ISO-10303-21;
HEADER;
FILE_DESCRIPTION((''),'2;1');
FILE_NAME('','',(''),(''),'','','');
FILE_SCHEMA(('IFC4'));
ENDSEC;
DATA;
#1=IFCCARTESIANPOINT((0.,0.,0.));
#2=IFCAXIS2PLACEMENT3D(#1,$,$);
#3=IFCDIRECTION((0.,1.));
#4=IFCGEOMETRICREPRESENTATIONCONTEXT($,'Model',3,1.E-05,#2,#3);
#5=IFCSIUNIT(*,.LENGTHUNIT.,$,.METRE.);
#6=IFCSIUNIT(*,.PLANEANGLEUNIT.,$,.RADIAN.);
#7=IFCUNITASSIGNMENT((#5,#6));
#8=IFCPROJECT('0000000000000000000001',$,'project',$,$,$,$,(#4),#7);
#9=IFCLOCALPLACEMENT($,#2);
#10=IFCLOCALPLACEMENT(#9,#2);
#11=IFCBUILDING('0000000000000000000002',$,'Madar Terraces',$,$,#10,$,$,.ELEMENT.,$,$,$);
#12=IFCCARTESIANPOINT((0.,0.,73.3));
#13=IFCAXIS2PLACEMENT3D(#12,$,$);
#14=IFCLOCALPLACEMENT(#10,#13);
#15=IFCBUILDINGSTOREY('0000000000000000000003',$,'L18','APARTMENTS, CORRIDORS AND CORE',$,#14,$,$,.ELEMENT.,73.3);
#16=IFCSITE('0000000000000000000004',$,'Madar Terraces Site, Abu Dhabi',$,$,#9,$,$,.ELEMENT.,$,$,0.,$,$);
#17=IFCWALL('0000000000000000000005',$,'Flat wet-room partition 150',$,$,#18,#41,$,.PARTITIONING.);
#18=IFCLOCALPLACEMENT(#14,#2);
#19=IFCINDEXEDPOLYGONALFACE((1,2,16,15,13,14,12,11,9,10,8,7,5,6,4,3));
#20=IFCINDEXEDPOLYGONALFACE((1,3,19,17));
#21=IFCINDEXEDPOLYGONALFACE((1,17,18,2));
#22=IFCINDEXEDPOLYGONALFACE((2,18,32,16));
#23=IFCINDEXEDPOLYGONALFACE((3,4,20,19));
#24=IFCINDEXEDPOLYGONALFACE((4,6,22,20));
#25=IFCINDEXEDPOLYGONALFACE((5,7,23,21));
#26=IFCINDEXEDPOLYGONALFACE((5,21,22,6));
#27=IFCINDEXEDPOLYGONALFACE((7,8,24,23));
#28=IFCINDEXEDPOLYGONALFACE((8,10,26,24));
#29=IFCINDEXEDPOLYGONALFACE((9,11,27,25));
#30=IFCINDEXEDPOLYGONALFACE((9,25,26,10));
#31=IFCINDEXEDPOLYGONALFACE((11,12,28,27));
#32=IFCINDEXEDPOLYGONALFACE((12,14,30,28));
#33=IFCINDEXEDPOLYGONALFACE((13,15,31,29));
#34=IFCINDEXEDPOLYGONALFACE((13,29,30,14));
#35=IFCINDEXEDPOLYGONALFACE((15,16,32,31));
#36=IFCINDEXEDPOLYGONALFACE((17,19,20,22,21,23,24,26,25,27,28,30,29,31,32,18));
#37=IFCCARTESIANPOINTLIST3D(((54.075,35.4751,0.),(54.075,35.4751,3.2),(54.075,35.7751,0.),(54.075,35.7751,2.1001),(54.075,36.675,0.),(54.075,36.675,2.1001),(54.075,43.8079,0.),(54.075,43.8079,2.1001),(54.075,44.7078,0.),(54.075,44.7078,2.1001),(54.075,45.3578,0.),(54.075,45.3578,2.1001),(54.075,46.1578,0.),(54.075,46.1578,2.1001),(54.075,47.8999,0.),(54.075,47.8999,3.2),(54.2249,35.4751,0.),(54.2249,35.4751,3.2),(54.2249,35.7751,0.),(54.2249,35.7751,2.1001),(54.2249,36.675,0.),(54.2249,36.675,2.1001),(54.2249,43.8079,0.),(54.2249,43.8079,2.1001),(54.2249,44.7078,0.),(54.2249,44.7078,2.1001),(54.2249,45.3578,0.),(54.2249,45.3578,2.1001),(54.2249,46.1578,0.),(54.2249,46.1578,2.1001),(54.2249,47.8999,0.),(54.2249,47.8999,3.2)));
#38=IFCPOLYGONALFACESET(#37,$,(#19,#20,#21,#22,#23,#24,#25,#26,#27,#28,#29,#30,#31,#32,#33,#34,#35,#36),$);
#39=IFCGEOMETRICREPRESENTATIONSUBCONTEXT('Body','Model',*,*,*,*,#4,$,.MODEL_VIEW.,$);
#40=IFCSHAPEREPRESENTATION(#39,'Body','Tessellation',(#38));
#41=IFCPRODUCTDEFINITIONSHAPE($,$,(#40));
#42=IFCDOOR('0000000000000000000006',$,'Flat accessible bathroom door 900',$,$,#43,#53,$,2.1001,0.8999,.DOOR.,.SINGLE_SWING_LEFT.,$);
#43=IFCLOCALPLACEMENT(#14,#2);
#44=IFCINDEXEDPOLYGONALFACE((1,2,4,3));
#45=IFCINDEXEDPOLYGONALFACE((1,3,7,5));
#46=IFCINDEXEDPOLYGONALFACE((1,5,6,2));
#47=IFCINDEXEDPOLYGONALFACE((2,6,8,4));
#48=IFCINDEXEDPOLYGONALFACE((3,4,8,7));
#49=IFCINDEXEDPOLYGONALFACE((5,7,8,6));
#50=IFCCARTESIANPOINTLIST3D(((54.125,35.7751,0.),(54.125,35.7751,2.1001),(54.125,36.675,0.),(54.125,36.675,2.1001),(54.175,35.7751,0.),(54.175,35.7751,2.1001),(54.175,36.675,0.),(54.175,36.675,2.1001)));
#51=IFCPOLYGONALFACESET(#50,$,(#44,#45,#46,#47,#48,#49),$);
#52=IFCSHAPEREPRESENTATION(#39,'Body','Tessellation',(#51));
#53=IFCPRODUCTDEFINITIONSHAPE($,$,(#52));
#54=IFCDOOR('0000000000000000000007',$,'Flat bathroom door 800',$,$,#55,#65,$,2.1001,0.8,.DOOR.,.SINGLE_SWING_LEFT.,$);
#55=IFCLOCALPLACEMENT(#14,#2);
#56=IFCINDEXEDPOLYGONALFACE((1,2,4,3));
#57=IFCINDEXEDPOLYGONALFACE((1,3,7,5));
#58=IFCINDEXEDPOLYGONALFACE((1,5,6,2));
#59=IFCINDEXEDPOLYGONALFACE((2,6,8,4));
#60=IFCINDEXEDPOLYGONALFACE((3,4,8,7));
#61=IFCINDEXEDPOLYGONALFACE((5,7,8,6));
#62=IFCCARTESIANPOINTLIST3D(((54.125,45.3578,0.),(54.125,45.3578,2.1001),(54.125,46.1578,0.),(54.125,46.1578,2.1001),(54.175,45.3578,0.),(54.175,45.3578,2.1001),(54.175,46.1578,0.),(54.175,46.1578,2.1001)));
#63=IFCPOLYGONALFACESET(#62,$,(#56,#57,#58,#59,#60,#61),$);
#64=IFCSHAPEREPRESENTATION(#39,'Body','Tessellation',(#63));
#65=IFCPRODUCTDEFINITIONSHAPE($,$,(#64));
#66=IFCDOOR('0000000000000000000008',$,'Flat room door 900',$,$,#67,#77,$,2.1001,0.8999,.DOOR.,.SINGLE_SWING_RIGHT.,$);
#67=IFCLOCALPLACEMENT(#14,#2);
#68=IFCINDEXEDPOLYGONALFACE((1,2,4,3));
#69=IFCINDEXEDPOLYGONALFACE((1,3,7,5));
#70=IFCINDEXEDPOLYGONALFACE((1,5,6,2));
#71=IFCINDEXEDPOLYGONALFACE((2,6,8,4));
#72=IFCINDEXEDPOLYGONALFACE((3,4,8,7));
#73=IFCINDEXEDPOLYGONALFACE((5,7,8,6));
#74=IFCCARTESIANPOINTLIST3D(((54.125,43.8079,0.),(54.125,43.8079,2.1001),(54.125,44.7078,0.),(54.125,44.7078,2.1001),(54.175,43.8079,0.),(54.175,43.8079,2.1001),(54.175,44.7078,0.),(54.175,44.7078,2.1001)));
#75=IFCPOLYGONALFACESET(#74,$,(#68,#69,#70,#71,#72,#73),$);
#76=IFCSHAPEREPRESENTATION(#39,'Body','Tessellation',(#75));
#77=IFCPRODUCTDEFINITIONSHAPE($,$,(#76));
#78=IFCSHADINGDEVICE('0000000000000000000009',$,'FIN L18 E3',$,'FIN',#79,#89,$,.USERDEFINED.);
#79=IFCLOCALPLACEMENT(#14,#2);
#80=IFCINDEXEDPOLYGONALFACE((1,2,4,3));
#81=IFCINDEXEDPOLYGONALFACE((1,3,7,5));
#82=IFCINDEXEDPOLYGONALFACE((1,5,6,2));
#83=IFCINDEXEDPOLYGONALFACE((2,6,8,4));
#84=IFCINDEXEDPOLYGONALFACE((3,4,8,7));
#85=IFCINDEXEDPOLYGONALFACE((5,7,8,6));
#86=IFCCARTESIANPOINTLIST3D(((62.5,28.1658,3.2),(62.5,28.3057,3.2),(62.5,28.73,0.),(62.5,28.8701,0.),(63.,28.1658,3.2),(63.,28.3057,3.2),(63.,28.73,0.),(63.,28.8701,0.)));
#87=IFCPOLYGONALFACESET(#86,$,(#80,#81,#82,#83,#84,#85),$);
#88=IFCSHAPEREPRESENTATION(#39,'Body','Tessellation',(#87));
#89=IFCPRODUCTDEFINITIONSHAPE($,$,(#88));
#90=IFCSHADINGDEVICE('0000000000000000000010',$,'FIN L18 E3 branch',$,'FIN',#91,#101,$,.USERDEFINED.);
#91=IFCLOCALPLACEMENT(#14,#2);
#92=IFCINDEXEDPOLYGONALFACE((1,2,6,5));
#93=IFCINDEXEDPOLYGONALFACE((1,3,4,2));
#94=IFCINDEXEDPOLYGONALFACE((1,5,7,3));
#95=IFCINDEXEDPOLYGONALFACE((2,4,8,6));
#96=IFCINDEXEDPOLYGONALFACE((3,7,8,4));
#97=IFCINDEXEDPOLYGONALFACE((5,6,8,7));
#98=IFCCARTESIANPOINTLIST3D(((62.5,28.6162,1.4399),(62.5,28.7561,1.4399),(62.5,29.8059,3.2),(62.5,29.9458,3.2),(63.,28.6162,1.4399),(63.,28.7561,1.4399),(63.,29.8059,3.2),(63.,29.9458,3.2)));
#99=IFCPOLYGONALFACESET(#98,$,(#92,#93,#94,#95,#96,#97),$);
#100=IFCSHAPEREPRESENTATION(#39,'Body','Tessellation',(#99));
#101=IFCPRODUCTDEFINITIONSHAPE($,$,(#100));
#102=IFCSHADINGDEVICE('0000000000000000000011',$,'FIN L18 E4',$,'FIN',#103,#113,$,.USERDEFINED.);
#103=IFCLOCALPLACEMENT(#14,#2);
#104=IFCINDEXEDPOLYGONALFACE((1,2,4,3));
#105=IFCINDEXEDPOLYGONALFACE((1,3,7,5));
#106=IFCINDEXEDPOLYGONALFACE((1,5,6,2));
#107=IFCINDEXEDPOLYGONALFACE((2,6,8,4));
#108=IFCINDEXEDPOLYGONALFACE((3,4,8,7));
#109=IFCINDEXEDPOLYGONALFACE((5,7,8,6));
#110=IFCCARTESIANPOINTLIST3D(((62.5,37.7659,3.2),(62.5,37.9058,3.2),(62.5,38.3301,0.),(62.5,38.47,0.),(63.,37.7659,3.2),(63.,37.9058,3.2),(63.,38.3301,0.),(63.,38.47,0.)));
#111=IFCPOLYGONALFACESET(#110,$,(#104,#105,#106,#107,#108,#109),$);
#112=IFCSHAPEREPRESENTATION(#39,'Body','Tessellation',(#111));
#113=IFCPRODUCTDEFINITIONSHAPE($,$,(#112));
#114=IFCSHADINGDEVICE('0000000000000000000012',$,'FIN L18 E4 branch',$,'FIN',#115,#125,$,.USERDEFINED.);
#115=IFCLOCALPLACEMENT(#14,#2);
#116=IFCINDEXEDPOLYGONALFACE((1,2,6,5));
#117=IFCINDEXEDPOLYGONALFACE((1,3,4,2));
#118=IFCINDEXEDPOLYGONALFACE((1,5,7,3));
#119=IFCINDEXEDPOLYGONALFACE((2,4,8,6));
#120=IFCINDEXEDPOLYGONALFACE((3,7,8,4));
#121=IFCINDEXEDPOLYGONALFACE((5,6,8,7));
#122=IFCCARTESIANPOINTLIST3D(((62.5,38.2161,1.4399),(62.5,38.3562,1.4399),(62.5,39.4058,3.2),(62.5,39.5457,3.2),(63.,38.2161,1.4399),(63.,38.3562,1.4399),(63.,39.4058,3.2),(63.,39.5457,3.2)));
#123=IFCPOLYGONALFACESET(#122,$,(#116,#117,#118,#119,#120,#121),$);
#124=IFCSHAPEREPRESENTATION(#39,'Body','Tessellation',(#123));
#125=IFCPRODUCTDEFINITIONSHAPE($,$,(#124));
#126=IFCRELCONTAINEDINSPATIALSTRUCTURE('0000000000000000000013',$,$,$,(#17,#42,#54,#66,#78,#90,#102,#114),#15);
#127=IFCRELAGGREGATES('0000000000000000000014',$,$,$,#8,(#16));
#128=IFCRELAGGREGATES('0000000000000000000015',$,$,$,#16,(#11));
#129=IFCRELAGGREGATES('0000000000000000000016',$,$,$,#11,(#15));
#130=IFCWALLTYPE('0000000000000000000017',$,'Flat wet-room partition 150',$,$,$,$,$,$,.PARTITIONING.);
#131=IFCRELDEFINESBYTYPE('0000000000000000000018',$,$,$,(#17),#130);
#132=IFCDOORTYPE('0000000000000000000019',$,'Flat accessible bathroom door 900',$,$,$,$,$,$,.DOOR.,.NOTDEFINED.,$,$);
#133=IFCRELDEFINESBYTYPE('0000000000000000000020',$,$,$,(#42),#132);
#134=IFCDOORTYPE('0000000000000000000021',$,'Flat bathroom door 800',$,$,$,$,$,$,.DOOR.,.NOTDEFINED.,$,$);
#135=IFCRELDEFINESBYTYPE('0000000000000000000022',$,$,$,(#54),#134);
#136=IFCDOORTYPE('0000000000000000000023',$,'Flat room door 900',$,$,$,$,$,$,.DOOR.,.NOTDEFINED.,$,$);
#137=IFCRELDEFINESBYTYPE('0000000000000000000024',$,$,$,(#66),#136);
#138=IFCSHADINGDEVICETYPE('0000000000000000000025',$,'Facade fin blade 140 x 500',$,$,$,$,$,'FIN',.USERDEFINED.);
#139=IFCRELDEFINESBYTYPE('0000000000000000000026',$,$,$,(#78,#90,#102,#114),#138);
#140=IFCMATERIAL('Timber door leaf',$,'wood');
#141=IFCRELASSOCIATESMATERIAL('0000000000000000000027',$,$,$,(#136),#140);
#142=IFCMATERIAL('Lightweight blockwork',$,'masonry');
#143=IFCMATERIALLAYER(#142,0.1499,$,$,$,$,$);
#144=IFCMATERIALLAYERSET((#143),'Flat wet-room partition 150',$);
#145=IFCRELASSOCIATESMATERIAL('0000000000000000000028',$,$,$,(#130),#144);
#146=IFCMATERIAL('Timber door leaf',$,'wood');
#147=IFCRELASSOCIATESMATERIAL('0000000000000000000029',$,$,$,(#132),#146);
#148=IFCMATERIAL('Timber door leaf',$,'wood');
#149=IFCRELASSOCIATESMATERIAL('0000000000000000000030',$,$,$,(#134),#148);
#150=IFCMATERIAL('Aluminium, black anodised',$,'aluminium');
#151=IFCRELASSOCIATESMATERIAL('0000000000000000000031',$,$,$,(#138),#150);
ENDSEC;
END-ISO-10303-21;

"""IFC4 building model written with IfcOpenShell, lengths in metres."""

from ifc_helpers import new_model, si_unit, direction, frame, frame_2d, origin, place, context, subcontext, project, spatial, polyline, rectangle, outline, extrude, material, layer, layer_set, type_object, element, fill, save


model = new_model("IFC4")

# Units and contexts
model_context = context("Model", 3, precision=1e-05, world=origin(), true_north=direction((0.0, 1.0)))
body_context = subcontext(model_context, "Body", "Model", "MODEL_VIEW")
ifc_project = project(units=[si_unit("LENGTHUNIT", "METRE"), si_unit("PLANEANGLEUNIT", "RADIAN")], contexts=[model_context])

# Site, building, storey
site_placement = place(None, origin())
site = spatial("IfcSite", under=ifc_project, at=site_placement, Name="Madar Terraces Site, Abu Dhabi", CompositionType="ELEMENT", RefElevation=0.0)
building_placement = place(site_placement, origin())
building = spatial("IfcBuilding", under=site, at=building_placement, Name="Madar Terraces", CompositionType="ELEMENT")
storey_placement = place(building_placement, frame((0.0, 0.0, 73.3)))
storey = spatial("IfcBuildingStorey", under=building, at=storey_placement, Name="L18", Description="APARTMENTS, CORRIDORS AND CORE", CompositionType="ELEMENT", Elevation=73.3)

# Shared definitions
ifc_material_1 = material(Name="Timber door leaf", Category="wood")
door_type_1 = type_object("IfcDoorType", Name="Flat room door 900", OperationType="NOTDEFINED", PredefinedType="DOOR", material=ifc_material_1)

# Shared definitions
ifc_material_2 = material(Name="Lightweight blockwork", Category="masonry")
ifc_layer_1 = layer(ifc_material_2, 0.1499)
ifc_layer_set_1 = layer_set([ifc_layer_1], Name="Flat wet-room partition 150")
wall_type_1 = type_object("IfcWallType", Name="Flat wet-room partition 150", PredefinedType="PARTITIONING", material=ifc_layer_set_1)

# Wall, openings, doors
wall_1_placement = place(storey_placement, frame((54.1499, 35.4751, 0.0), z_axis=(0.0, 0.0, 1.0), x_axis=(0.0, 1.0, 0.0)))
wall_1 = element("IfcWall", 1, at=wall_1_placement, inside=storey, type_object=wall_type_1, Name="Flat wet-room partition 150", PredefinedType="PARTITIONING", context=body_context, shape_type="SweptSolid", body=[
    extrude(rectangle(XDim=12.4248, YDim=0.1499, at=frame_2d((6.2124, 0.0))), origin(), (0.0, 0.0, 1.0), 3.2),
])
opening_1_placement = place(wall_1_placement, frame((0.3, 0.0, 0.0)))
opening_1 = element("IfcOpeningElement", 2, at=opening_1_placement, cuts=wall_1, PredefinedType="OPENING", context=body_context, shape_type="SweptSolid", body=[
    extrude(rectangle(XDim=0.8999, YDim=2.1001, at=frame_2d((0.45, 1.05))), frame((0.0, 0.085, 0.0), z_axis=(0.0, -1.0, 0.0), x_axis=(1.0, 0.0, 0.0)), (0.0, 0.0, 1.0), 0.1699),
])
opening_2_placement = place(wall_1_placement, frame((8.3328, 0.0, 0.0)))
opening_2 = element("IfcOpeningElement", 3, at=opening_2_placement, cuts=wall_1, PredefinedType="OPENING", context=body_context, shape_type="SweptSolid", body=[
    extrude(rectangle(XDim=0.8999, YDim=2.1001, at=frame_2d((0.45, 1.05))), frame((0.0, 0.085, 0.0), z_axis=(0.0, -1.0, 0.0), x_axis=(1.0, 0.0, 0.0)), (0.0, 0.0, 1.0), 0.1699),
])
opening_3_placement = place(wall_1_placement, frame((9.8828, 0.0, 0.0)))
opening_3 = element("IfcOpeningElement", 4, at=opening_3_placement, cuts=wall_1, PredefinedType="OPENING", context=body_context, shape_type="SweptSolid", body=[
    extrude(rectangle(XDim=0.8, YDim=2.1001, at=frame_2d((0.3999, 1.05))), frame((0.0, 0.085, 0.0), z_axis=(0.0, -1.0, 0.0), x_axis=(1.0, 0.0, 0.0)), (0.0, 0.0, 1.0), 0.1699),
])
ifc_material_3 = material(Name="Timber door leaf", Category="wood")
door_type_2 = type_object("IfcDoorType", Name="Flat accessible bathroom door 900", OperationType="NOTDEFINED", PredefinedType="DOOR", material=ifc_material_3)
door_1_placement = place(opening_1_placement, origin())
door_1 = element("IfcDoor", 5, at=door_1_placement, inside=storey, type_object=door_type_2, Name="Flat accessible bathroom door 900", OperationType="SINGLE_SWING_LEFT", OverallHeight=2.1001, OverallWidth=0.8999, PredefinedType="DOOR", context=body_context, shape_type="SweptSolid", body=[
    extrude(rectangle(XDim=0.8999, YDim=2.1001, at=frame_2d((0.45, 1.05))), frame((0.0, 0.0249, 0.0), z_axis=(0.0, -1.0, 0.0), x_axis=(1.0, 0.0, 0.0)), (0.0, 0.0, 1.0), 0.05),
])
fill(opening_1, door_1)
ifc_material_4 = material(Name="Timber door leaf", Category="wood")
door_type_3 = type_object("IfcDoorType", Name="Flat bathroom door 800", OperationType="NOTDEFINED", PredefinedType="DOOR", material=ifc_material_4)
door_2_placement = place(opening_3_placement, origin())
door_2 = element("IfcDoor", 6, at=door_2_placement, inside=storey, type_object=door_type_3, Name="Flat bathroom door 800", OperationType="SINGLE_SWING_LEFT", OverallHeight=2.1001, OverallWidth=0.8, PredefinedType="DOOR", context=body_context, shape_type="SweptSolid", body=[
    extrude(rectangle(XDim=0.8, YDim=2.1001, at=frame_2d((0.3999, 1.05))), frame((0.0, 0.0249, 0.0), z_axis=(0.0, -1.0, 0.0), x_axis=(1.0, 0.0, 0.0)), (0.0, 0.0, 1.0), 0.05),
])
fill(opening_3, door_2)
door_3_placement = place(opening_2_placement, origin())
door_3 = element("IfcDoor", 7, at=door_3_placement, inside=storey, type_object=door_type_1, Name="Flat room door 900", OperationType="SINGLE_SWING_RIGHT", OverallHeight=2.1001, OverallWidth=0.8999, PredefinedType="DOOR", context=body_context, shape_type="SweptSolid", body=[
    extrude(rectangle(XDim=0.8999, YDim=2.1001, at=frame_2d((0.45, 1.05))), frame((0.0, 0.0249, 0.0), z_axis=(0.0, -1.0, 0.0), x_axis=(1.0, 0.0, 0.0)), (0.0, 0.0, 1.0), 0.05),
])
fill(opening_2, door_3)

# Shading devices
ifc_material_5 = material(Name="Aluminium, black anodised", Category="aluminium")
shading_device_type = type_object("IfcShadingDeviceType", Name="Facade fin blade 140 x 500", ElementType="FIN", PredefinedType="USERDEFINED", material=ifc_material_5)
shading_device_1_placement = place(storey_placement, frame((62.75, 28.73, 0.0), z_axis=(0.0, 0.0, 1.0), x_axis=(0.0, 1.0, 0.0)))
element("IfcShadingDevice", 8, at=shading_device_1_placement, inside=storey, type_object=shading_device_type, Name="FIN L18 E3", ObjectType="FIN", PredefinedType="USERDEFINED", context=body_context, shape_type="SweptSolid", body=[
    extrude(outline(polyline([(0.0, 0.0), (0.1401, 0.0), (-0.4243, 3.2), (-0.5642, 3.2), (0.0, 0.0)])), frame((0.0, 0.25, 0.0), z_axis=(0.0, -1.0, 0.0), x_axis=(1.0, 0.0, 0.0)), (0.0, 0.0, 1.0), 0.5),
])
shading_device_2_placement = place(storey_placement, frame((62.75, 28.6162, 1.4399), z_axis=(0.0, 0.0, 1.0), x_axis=(0.0, 1.0, 0.0)))
element("IfcShadingDevice", 9, at=shading_device_2_placement, inside=storey, type_object=shading_device_type, Name="FIN L18 E3 branch", ObjectType="FIN", PredefinedType="USERDEFINED", context=body_context, shape_type="SweptSolid", body=[
    extrude(outline(polyline([(0.0, 0.0), (0.1399, 0.0), (1.3296, 1.76), (1.1897, 1.76), (0.0, 0.0)])), frame((0.0, 0.25, 0.0), z_axis=(0.0, -1.0, 0.0), x_axis=(1.0, 0.0, 0.0)), (0.0, 0.0, 1.0), 0.5),
])
shading_device_3_placement = place(storey_placement, frame((62.75, 38.3301, 0.0), z_axis=(0.0, 0.0, 1.0), x_axis=(0.0, 1.0, 0.0)))
element("IfcShadingDevice", 10, at=shading_device_3_placement, inside=storey, type_object=shading_device_type, Name="FIN L18 E4", ObjectType="FIN", PredefinedType="USERDEFINED", context=body_context, shape_type="SweptSolid", body=[
    extrude(outline(polyline([(0.0, 0.0), (0.1399, 0.0), (-0.4243, 3.2), (-0.5642, 3.2), (0.0, 0.0)])), frame((0.0, 0.25, 0.0), z_axis=(0.0, -1.0, 0.0), x_axis=(1.0, 0.0, 0.0)), (0.0, 0.0, 1.0), 0.5),
])
shading_device_4_placement = place(storey_placement, frame((62.75, 38.2161, 1.4399), z_axis=(0.0, 0.0, 1.0), x_axis=(0.0, 1.0, 0.0)))
element("IfcShadingDevice", 11, at=shading_device_4_placement, inside=storey, type_object=shading_device_type, Name="FIN L18 E4 branch", ObjectType="FIN", PredefinedType="USERDEFINED", context=body_context, shape_type="SweptSolid", body=[
    extrude(outline(polyline([(0.0, 0.0), (0.1401, 0.0), (1.3296, 1.76), (1.1897, 1.76), (0.0, 0.0)])), frame((0.0, 0.25, 0.0), z_axis=(0.0, -1.0, 0.0), x_axis=(1.0, 0.0, 0.0)), (0.0, 0.0, 1.0), 0.5),
])

save(model, "model.ifc")
